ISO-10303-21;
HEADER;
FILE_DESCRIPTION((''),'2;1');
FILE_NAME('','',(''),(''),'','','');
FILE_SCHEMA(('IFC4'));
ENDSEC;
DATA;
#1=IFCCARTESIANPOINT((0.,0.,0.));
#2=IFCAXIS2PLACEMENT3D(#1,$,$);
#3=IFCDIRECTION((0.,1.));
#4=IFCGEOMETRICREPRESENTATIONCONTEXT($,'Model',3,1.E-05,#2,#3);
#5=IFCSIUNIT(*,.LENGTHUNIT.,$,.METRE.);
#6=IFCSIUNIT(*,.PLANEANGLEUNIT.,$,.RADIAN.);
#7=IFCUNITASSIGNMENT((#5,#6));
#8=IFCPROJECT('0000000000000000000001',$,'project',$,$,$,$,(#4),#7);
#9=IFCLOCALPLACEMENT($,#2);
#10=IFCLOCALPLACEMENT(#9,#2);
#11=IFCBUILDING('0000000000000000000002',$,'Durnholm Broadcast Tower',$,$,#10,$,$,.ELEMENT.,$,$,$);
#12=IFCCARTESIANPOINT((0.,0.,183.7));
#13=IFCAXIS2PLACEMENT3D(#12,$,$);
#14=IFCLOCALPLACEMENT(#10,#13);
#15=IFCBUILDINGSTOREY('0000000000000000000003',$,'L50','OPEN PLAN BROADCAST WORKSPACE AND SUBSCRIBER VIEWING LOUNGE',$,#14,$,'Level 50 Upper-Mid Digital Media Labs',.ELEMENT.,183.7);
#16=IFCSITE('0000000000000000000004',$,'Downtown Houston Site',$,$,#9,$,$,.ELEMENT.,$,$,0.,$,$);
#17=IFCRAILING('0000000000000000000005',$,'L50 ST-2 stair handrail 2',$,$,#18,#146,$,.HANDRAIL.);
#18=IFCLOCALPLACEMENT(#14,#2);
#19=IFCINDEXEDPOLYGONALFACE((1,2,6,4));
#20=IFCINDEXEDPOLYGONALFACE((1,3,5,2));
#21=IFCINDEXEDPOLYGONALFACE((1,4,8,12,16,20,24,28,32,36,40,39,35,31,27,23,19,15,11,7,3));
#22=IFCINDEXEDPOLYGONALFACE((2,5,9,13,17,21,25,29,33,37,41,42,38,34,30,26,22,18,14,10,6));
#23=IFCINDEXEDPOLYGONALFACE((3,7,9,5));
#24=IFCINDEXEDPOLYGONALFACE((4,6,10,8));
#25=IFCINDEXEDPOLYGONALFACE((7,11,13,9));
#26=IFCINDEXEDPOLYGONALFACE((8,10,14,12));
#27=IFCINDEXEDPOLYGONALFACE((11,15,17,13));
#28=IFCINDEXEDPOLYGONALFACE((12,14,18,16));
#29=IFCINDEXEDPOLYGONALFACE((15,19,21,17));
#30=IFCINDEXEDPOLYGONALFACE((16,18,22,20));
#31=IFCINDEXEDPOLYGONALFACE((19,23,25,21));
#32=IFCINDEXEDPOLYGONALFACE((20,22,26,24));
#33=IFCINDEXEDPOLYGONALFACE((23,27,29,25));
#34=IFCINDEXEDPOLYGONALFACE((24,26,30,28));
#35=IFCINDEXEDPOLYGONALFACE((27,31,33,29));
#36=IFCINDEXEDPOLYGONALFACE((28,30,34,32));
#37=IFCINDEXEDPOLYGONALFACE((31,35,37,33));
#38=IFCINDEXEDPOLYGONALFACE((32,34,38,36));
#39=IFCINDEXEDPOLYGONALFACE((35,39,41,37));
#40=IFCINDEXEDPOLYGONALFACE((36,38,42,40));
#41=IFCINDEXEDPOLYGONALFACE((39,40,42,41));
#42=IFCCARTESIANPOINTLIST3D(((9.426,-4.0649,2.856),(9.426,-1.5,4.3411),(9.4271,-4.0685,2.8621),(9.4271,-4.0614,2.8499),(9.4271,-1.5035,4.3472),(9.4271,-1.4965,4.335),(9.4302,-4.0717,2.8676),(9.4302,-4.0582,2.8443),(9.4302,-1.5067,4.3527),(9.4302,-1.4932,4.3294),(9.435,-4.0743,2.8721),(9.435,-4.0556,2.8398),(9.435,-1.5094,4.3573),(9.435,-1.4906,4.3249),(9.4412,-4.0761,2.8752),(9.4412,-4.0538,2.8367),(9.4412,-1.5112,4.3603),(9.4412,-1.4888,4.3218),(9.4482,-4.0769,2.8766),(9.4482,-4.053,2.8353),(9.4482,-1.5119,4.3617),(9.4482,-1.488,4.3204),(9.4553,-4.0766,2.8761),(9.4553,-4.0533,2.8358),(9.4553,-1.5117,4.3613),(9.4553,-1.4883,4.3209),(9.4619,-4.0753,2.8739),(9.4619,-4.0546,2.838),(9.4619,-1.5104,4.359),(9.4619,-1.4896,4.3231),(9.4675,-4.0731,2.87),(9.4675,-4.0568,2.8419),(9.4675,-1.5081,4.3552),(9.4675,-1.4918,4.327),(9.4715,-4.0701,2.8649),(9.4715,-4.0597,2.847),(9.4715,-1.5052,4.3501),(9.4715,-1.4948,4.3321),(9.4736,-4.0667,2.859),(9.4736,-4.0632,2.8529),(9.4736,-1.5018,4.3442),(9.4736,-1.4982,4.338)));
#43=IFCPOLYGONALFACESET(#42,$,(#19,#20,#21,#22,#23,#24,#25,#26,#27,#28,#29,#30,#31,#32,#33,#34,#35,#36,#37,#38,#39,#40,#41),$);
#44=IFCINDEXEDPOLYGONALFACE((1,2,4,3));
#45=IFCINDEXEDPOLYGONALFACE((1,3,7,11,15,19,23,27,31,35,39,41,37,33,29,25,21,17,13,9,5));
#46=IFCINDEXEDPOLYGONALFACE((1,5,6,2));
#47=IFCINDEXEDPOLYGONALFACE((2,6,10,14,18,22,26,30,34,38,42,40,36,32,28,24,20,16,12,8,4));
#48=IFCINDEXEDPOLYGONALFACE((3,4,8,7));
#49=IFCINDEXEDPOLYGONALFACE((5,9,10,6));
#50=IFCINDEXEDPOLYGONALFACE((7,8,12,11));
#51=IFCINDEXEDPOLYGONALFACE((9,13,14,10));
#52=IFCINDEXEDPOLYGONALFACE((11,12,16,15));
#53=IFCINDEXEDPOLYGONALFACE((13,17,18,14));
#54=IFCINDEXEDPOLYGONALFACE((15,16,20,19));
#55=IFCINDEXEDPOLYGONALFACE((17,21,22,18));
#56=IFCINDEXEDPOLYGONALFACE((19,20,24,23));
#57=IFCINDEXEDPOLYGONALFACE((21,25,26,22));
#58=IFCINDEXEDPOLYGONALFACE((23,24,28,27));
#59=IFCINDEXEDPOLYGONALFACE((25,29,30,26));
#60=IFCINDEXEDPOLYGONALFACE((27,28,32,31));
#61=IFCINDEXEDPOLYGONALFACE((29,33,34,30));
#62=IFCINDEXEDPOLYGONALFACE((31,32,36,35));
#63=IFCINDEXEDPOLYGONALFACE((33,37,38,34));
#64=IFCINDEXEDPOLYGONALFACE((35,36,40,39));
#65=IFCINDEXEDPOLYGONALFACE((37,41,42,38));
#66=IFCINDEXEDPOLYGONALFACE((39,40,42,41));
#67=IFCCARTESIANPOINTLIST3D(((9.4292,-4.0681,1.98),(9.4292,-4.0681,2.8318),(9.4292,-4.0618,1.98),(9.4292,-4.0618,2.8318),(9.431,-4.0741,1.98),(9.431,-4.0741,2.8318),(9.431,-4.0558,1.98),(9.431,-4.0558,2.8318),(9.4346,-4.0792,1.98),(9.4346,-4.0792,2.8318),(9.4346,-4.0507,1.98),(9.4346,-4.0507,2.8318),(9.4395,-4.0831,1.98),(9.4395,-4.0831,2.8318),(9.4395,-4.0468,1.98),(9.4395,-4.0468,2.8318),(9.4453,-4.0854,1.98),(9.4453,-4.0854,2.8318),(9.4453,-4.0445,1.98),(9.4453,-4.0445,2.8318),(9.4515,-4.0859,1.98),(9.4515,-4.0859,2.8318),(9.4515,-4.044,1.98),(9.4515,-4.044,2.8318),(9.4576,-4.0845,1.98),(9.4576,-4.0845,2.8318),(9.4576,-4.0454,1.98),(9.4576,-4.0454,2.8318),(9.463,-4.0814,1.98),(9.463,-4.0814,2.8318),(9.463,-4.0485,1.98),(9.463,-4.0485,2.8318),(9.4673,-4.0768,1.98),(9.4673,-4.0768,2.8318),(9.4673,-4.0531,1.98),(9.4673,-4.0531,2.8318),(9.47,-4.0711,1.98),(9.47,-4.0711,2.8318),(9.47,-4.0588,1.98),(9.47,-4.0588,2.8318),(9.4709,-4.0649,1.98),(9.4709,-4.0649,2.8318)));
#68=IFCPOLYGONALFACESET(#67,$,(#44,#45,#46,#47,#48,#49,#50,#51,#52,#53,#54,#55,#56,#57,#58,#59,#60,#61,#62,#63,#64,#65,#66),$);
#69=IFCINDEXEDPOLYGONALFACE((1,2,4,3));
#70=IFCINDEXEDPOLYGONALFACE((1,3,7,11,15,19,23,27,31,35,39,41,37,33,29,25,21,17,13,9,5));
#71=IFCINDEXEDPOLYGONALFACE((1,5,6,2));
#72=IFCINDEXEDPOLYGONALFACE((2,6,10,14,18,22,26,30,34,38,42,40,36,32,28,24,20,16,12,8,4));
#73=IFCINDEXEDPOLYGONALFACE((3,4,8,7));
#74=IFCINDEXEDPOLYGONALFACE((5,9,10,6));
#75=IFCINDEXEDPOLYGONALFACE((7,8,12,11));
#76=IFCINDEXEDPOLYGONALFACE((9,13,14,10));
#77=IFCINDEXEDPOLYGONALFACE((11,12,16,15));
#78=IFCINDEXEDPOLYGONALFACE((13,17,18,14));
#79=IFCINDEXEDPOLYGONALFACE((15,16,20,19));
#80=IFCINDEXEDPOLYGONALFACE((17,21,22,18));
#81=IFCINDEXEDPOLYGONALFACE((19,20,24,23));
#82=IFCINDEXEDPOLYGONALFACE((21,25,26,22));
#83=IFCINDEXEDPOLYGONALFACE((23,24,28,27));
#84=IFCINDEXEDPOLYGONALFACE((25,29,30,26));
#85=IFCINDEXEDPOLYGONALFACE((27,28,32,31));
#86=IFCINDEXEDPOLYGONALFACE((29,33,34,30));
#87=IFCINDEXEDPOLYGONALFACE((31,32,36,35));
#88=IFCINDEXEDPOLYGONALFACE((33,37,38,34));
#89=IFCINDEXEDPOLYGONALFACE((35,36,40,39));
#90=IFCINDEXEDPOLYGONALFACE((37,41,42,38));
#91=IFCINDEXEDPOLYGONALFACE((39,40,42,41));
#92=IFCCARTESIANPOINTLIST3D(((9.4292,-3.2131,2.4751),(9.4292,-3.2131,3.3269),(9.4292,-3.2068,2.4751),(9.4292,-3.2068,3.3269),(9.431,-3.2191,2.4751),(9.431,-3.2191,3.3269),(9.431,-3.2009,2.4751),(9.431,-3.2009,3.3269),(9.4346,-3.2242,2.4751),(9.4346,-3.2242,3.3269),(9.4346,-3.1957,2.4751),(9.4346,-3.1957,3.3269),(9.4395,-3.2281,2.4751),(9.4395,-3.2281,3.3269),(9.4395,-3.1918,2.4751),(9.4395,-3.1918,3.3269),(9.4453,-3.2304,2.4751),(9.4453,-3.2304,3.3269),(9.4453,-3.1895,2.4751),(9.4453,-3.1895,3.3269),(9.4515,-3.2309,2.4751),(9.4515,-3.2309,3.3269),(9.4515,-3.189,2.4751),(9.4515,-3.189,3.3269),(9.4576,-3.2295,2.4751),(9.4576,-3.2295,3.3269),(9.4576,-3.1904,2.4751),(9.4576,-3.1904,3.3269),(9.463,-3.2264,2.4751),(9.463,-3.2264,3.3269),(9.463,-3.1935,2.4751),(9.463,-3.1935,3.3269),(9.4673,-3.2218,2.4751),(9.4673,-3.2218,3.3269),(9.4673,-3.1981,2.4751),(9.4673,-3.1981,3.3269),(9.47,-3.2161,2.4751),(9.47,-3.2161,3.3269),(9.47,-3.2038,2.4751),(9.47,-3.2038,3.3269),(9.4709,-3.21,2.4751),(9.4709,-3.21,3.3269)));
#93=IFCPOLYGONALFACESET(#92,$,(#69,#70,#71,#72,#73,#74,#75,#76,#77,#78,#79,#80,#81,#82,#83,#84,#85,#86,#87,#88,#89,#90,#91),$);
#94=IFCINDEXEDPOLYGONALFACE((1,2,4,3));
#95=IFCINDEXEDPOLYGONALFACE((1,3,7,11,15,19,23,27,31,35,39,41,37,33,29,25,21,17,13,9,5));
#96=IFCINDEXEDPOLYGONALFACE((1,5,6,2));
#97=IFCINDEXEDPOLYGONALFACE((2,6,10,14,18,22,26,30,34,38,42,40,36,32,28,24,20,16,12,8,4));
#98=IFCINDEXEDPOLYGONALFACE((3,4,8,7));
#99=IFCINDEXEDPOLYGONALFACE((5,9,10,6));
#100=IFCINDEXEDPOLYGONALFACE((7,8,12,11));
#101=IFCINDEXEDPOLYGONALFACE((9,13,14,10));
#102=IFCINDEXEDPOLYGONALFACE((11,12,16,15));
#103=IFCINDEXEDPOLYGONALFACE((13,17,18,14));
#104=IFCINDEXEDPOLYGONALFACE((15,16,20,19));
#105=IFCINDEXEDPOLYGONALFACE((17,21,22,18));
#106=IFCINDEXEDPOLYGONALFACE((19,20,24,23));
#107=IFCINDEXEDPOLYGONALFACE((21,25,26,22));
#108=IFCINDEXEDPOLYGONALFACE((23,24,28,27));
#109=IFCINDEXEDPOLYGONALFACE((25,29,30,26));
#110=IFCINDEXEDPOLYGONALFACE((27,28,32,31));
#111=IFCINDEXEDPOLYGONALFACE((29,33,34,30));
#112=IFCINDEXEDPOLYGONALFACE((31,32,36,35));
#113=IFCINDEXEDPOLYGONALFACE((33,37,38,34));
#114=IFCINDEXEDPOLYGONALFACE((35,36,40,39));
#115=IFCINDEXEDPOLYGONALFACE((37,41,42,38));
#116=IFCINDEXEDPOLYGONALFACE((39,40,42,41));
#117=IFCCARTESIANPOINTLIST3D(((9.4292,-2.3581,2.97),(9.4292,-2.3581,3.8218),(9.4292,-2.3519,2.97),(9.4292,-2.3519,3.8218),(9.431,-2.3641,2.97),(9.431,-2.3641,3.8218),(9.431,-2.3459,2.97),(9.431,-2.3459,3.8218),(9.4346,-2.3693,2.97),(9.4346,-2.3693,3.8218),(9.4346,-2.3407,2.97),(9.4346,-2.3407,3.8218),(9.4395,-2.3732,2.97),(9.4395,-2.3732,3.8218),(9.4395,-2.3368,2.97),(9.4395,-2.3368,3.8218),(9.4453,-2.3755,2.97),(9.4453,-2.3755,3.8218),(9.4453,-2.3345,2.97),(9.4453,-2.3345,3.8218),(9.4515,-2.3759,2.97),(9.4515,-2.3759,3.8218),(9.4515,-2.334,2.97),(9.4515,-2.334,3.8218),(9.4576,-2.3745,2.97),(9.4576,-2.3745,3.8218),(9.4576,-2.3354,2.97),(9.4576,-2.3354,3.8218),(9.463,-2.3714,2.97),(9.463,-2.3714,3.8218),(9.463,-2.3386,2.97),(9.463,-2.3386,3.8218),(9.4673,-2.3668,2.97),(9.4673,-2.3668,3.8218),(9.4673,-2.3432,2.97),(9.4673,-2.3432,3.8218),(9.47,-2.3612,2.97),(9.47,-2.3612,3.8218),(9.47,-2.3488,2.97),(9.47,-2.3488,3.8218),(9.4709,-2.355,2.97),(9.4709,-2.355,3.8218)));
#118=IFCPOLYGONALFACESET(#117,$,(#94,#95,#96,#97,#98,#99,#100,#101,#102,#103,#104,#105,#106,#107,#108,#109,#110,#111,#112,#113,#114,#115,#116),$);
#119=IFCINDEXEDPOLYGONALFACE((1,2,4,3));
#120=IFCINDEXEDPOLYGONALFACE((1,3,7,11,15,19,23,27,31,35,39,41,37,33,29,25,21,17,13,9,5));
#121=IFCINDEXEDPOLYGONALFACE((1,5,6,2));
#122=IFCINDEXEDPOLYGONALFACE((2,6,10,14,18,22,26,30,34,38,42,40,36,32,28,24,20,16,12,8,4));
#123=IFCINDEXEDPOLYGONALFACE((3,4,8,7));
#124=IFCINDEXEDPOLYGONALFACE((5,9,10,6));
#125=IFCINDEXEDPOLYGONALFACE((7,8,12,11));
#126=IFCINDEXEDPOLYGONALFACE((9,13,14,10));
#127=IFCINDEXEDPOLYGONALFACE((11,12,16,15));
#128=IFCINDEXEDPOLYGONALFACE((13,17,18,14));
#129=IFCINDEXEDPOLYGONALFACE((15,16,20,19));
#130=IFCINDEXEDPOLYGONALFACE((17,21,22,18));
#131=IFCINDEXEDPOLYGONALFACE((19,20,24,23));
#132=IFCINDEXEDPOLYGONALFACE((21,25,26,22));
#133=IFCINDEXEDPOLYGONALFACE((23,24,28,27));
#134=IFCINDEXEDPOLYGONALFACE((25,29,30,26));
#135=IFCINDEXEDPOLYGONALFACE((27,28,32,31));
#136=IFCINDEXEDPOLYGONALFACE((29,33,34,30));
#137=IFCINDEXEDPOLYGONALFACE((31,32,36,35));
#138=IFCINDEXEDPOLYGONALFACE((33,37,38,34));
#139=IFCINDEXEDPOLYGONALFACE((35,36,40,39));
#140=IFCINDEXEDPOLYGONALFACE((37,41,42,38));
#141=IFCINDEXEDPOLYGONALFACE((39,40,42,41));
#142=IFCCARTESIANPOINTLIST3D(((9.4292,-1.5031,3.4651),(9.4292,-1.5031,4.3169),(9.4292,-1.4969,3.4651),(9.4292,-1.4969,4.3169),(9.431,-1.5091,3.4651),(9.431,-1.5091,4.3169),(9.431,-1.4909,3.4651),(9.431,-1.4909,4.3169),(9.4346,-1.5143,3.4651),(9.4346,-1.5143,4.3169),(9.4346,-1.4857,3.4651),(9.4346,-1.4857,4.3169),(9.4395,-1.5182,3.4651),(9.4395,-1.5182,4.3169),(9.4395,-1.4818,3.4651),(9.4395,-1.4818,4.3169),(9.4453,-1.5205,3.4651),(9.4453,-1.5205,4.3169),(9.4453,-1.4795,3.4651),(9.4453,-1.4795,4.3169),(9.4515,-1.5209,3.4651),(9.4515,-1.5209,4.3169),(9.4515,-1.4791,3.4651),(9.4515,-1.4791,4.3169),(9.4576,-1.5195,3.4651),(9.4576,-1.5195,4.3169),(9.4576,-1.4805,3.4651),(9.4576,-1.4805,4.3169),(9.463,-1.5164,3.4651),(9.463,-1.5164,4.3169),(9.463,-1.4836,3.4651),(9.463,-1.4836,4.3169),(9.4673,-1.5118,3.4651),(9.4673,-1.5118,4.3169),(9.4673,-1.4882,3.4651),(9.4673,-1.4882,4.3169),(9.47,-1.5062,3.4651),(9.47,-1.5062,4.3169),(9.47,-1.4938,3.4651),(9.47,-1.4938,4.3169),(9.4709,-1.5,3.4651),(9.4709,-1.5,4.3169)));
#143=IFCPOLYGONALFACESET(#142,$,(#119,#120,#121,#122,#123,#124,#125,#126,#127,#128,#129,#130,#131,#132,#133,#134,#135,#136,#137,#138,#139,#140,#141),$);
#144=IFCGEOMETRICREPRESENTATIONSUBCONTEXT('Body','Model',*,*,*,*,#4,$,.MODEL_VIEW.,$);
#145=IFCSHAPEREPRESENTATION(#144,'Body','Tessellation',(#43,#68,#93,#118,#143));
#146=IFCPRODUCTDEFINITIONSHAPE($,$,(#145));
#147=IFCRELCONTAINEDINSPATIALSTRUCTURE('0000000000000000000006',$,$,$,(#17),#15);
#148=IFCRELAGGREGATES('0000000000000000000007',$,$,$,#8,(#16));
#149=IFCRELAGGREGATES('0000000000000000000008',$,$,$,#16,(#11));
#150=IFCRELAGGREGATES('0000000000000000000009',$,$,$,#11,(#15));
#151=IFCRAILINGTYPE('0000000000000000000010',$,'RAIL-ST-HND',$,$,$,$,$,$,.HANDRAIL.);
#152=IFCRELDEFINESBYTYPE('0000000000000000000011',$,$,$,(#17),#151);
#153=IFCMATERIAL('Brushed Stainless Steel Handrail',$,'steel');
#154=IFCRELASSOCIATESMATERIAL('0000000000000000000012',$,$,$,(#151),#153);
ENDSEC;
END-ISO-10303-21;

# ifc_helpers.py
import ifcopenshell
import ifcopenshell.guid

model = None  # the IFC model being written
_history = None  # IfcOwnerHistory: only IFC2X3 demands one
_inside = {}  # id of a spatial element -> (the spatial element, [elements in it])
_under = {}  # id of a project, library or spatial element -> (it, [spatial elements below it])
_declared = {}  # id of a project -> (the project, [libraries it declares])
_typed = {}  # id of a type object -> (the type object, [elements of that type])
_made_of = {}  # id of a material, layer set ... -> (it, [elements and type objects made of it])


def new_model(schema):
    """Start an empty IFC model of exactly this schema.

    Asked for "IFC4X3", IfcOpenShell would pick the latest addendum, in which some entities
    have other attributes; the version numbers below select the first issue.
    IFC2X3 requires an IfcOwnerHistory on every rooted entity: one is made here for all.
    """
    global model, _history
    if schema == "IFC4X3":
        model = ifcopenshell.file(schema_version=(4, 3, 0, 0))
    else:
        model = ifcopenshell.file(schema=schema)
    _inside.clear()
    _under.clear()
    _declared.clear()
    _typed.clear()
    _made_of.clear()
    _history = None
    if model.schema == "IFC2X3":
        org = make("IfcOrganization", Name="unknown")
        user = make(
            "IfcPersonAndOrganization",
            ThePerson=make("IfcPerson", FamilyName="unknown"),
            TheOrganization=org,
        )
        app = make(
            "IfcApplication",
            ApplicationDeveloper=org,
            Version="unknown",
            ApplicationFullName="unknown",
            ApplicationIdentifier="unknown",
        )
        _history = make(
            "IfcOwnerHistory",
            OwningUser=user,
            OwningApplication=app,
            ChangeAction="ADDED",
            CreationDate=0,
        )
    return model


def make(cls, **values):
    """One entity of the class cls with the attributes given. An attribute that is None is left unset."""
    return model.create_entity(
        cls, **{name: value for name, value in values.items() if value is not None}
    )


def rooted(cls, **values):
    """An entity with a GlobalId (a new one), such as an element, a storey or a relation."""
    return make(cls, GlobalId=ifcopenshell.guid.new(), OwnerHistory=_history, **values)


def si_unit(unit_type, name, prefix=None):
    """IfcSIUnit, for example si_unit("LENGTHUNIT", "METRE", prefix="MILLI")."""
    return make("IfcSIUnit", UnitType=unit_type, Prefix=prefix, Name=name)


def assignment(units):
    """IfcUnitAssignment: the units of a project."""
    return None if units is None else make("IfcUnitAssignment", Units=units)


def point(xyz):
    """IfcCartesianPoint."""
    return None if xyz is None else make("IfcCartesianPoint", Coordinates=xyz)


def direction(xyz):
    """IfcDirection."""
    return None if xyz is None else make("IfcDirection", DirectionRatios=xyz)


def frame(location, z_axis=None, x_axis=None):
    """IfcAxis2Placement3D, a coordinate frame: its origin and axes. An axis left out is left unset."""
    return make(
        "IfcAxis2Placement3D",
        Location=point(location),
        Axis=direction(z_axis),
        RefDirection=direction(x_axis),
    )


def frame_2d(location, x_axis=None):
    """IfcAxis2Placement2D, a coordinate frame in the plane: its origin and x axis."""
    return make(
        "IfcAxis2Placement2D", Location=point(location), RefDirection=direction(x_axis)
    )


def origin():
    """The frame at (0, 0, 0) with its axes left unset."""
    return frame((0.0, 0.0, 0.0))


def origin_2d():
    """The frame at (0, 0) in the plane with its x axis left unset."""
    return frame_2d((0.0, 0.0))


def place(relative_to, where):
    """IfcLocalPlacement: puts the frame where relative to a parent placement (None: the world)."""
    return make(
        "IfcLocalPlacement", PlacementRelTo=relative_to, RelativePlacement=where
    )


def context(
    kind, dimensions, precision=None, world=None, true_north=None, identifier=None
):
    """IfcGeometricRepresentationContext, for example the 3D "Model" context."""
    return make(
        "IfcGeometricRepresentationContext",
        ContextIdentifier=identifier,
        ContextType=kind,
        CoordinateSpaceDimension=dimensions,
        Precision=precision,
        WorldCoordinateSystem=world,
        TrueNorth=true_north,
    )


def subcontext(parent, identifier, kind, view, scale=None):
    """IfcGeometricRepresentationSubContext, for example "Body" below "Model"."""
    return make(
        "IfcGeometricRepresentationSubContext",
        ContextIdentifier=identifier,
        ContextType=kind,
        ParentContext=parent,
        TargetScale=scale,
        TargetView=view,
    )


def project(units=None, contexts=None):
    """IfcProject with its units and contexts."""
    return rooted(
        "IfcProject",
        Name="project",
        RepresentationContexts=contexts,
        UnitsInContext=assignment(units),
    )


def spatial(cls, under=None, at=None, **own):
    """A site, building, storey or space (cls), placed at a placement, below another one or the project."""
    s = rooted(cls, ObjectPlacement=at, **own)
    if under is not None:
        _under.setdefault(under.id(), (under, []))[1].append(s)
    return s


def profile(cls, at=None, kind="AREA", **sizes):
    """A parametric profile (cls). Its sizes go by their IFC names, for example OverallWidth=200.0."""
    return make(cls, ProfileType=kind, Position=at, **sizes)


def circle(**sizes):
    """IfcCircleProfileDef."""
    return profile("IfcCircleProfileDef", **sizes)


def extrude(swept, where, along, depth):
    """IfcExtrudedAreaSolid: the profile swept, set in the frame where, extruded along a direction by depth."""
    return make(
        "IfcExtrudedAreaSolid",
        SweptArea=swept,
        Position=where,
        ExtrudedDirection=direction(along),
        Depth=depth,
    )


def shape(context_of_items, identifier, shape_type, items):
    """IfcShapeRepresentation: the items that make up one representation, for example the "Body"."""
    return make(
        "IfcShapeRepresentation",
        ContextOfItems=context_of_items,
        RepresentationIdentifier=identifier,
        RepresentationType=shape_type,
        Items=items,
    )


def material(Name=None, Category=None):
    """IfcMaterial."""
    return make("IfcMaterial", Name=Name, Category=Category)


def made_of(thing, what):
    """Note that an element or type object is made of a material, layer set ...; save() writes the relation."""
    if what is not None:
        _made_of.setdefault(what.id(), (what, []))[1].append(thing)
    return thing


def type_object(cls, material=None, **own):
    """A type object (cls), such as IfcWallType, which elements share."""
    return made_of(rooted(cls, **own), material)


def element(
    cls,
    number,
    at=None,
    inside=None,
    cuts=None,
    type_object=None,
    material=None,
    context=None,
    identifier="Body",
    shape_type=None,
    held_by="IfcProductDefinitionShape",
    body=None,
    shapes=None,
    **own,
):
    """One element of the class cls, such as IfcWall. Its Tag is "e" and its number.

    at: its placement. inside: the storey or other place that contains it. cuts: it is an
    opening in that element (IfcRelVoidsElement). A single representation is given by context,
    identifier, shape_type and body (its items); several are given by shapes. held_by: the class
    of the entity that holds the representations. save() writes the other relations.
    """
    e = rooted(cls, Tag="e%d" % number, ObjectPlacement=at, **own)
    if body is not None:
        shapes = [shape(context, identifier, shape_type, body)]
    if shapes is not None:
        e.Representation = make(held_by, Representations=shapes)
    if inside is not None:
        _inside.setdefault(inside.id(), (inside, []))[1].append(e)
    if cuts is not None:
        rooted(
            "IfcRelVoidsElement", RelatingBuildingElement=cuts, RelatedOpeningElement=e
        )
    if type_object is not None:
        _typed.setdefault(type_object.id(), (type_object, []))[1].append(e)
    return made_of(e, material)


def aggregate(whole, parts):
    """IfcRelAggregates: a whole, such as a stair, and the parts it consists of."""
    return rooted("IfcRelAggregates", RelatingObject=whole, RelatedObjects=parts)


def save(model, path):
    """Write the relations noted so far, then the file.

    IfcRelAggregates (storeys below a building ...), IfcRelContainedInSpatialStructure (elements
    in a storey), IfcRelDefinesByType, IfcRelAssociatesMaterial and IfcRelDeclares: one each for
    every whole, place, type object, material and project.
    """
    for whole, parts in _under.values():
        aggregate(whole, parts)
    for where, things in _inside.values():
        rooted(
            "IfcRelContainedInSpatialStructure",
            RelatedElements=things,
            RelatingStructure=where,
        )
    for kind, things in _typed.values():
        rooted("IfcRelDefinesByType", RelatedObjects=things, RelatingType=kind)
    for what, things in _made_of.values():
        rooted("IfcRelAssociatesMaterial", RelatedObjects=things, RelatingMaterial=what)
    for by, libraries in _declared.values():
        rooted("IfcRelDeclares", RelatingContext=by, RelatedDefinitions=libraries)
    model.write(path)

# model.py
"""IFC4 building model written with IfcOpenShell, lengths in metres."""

from ifc_helpers import new_model, si_unit, direction, frame, origin, origin_2d, place, context, subcontext, project, spatial, circle, extrude, material, type_object, element, save


model = new_model("IFC4")

# Units and contexts
model_context = context("Model", 3, precision=1e-05, world=origin(), true_north=direction((0.0, 1.0)))
body_context = subcontext(model_context, "Body", "Model", "MODEL_VIEW")
ifc_project = project(units=[si_unit("LENGTHUNIT", "METRE"), si_unit("PLANEANGLEUNIT", "RADIAN")], contexts=[model_context])

# Site, building, storey
site_placement = place(None, origin())
site = spatial("IfcSite", under=ifc_project, at=site_placement, Name="Downtown Houston Site", CompositionType="ELEMENT", RefElevation=0.0)
building_placement = place(site_placement, origin())
building = spatial("IfcBuilding", under=site, at=building_placement, Name="Durnholm Broadcast Tower", CompositionType="ELEMENT")
storey_placement = place(building_placement, frame((0.0, 0.0, 183.7)))
storey = spatial("IfcBuildingStorey", under=building, at=storey_placement, Name="L50", Description="OPEN PLAN BROADCAST WORKSPACE AND SUBSCRIBER VIEWING LOUNGE", LongName="Level 50 Upper-Mid Digital Media Labs", CompositionType="ELEMENT", Elevation=183.7)

# Railing
ifc_material_1 = material(Name="Brushed Stainless Steel Handrail", Category="steel")
railing_type_1 = type_object("IfcRailingType", Name="RAIL-ST-HND", PredefinedType="HANDRAIL", material=ifc_material_1)
railing_1_placement = place(storey_placement, frame((9.45, -4.0649, 1.98)))
element("IfcRailing", 1, at=railing_1_placement, inside=storey, type_object=railing_type_1, Name="L50 ST-2 stair handrail 2", PredefinedType="HANDRAIL", context=body_context, shape_type="SweptSolid", body=[
    extrude(circle(Radius=0.0239, at=origin_2d()), frame((0.0, 0.0, 0.876), z_axis=(0.0, 0.865406, 0.501072), x_axis=(-1.0, 0.0, 0.0)), (0.0, 0.0, 1.0), 2.9639),
    extrude(circle(Radius=0.021, at=origin_2d()), origin(), (0.0, 0.0, 1.0), 0.8518),
    extrude(circle(Radius=0.021, at=origin_2d()), frame((0.0, 0.855, 0.4951)), (0.0, 0.0, 1.0), 0.8518),
    extrude(circle(Radius=0.021, at=origin_2d()), frame((0.0, 1.71, 0.99)), (0.0, 0.0, 1.0), 0.8518),
    extrude(circle(Radius=0.021, at=origin_2d()), frame((0.0, 2.5649, 1.4851)), (0.0, 0.0, 1.0), 0.8518),
])

save(model, "model.ifc")
